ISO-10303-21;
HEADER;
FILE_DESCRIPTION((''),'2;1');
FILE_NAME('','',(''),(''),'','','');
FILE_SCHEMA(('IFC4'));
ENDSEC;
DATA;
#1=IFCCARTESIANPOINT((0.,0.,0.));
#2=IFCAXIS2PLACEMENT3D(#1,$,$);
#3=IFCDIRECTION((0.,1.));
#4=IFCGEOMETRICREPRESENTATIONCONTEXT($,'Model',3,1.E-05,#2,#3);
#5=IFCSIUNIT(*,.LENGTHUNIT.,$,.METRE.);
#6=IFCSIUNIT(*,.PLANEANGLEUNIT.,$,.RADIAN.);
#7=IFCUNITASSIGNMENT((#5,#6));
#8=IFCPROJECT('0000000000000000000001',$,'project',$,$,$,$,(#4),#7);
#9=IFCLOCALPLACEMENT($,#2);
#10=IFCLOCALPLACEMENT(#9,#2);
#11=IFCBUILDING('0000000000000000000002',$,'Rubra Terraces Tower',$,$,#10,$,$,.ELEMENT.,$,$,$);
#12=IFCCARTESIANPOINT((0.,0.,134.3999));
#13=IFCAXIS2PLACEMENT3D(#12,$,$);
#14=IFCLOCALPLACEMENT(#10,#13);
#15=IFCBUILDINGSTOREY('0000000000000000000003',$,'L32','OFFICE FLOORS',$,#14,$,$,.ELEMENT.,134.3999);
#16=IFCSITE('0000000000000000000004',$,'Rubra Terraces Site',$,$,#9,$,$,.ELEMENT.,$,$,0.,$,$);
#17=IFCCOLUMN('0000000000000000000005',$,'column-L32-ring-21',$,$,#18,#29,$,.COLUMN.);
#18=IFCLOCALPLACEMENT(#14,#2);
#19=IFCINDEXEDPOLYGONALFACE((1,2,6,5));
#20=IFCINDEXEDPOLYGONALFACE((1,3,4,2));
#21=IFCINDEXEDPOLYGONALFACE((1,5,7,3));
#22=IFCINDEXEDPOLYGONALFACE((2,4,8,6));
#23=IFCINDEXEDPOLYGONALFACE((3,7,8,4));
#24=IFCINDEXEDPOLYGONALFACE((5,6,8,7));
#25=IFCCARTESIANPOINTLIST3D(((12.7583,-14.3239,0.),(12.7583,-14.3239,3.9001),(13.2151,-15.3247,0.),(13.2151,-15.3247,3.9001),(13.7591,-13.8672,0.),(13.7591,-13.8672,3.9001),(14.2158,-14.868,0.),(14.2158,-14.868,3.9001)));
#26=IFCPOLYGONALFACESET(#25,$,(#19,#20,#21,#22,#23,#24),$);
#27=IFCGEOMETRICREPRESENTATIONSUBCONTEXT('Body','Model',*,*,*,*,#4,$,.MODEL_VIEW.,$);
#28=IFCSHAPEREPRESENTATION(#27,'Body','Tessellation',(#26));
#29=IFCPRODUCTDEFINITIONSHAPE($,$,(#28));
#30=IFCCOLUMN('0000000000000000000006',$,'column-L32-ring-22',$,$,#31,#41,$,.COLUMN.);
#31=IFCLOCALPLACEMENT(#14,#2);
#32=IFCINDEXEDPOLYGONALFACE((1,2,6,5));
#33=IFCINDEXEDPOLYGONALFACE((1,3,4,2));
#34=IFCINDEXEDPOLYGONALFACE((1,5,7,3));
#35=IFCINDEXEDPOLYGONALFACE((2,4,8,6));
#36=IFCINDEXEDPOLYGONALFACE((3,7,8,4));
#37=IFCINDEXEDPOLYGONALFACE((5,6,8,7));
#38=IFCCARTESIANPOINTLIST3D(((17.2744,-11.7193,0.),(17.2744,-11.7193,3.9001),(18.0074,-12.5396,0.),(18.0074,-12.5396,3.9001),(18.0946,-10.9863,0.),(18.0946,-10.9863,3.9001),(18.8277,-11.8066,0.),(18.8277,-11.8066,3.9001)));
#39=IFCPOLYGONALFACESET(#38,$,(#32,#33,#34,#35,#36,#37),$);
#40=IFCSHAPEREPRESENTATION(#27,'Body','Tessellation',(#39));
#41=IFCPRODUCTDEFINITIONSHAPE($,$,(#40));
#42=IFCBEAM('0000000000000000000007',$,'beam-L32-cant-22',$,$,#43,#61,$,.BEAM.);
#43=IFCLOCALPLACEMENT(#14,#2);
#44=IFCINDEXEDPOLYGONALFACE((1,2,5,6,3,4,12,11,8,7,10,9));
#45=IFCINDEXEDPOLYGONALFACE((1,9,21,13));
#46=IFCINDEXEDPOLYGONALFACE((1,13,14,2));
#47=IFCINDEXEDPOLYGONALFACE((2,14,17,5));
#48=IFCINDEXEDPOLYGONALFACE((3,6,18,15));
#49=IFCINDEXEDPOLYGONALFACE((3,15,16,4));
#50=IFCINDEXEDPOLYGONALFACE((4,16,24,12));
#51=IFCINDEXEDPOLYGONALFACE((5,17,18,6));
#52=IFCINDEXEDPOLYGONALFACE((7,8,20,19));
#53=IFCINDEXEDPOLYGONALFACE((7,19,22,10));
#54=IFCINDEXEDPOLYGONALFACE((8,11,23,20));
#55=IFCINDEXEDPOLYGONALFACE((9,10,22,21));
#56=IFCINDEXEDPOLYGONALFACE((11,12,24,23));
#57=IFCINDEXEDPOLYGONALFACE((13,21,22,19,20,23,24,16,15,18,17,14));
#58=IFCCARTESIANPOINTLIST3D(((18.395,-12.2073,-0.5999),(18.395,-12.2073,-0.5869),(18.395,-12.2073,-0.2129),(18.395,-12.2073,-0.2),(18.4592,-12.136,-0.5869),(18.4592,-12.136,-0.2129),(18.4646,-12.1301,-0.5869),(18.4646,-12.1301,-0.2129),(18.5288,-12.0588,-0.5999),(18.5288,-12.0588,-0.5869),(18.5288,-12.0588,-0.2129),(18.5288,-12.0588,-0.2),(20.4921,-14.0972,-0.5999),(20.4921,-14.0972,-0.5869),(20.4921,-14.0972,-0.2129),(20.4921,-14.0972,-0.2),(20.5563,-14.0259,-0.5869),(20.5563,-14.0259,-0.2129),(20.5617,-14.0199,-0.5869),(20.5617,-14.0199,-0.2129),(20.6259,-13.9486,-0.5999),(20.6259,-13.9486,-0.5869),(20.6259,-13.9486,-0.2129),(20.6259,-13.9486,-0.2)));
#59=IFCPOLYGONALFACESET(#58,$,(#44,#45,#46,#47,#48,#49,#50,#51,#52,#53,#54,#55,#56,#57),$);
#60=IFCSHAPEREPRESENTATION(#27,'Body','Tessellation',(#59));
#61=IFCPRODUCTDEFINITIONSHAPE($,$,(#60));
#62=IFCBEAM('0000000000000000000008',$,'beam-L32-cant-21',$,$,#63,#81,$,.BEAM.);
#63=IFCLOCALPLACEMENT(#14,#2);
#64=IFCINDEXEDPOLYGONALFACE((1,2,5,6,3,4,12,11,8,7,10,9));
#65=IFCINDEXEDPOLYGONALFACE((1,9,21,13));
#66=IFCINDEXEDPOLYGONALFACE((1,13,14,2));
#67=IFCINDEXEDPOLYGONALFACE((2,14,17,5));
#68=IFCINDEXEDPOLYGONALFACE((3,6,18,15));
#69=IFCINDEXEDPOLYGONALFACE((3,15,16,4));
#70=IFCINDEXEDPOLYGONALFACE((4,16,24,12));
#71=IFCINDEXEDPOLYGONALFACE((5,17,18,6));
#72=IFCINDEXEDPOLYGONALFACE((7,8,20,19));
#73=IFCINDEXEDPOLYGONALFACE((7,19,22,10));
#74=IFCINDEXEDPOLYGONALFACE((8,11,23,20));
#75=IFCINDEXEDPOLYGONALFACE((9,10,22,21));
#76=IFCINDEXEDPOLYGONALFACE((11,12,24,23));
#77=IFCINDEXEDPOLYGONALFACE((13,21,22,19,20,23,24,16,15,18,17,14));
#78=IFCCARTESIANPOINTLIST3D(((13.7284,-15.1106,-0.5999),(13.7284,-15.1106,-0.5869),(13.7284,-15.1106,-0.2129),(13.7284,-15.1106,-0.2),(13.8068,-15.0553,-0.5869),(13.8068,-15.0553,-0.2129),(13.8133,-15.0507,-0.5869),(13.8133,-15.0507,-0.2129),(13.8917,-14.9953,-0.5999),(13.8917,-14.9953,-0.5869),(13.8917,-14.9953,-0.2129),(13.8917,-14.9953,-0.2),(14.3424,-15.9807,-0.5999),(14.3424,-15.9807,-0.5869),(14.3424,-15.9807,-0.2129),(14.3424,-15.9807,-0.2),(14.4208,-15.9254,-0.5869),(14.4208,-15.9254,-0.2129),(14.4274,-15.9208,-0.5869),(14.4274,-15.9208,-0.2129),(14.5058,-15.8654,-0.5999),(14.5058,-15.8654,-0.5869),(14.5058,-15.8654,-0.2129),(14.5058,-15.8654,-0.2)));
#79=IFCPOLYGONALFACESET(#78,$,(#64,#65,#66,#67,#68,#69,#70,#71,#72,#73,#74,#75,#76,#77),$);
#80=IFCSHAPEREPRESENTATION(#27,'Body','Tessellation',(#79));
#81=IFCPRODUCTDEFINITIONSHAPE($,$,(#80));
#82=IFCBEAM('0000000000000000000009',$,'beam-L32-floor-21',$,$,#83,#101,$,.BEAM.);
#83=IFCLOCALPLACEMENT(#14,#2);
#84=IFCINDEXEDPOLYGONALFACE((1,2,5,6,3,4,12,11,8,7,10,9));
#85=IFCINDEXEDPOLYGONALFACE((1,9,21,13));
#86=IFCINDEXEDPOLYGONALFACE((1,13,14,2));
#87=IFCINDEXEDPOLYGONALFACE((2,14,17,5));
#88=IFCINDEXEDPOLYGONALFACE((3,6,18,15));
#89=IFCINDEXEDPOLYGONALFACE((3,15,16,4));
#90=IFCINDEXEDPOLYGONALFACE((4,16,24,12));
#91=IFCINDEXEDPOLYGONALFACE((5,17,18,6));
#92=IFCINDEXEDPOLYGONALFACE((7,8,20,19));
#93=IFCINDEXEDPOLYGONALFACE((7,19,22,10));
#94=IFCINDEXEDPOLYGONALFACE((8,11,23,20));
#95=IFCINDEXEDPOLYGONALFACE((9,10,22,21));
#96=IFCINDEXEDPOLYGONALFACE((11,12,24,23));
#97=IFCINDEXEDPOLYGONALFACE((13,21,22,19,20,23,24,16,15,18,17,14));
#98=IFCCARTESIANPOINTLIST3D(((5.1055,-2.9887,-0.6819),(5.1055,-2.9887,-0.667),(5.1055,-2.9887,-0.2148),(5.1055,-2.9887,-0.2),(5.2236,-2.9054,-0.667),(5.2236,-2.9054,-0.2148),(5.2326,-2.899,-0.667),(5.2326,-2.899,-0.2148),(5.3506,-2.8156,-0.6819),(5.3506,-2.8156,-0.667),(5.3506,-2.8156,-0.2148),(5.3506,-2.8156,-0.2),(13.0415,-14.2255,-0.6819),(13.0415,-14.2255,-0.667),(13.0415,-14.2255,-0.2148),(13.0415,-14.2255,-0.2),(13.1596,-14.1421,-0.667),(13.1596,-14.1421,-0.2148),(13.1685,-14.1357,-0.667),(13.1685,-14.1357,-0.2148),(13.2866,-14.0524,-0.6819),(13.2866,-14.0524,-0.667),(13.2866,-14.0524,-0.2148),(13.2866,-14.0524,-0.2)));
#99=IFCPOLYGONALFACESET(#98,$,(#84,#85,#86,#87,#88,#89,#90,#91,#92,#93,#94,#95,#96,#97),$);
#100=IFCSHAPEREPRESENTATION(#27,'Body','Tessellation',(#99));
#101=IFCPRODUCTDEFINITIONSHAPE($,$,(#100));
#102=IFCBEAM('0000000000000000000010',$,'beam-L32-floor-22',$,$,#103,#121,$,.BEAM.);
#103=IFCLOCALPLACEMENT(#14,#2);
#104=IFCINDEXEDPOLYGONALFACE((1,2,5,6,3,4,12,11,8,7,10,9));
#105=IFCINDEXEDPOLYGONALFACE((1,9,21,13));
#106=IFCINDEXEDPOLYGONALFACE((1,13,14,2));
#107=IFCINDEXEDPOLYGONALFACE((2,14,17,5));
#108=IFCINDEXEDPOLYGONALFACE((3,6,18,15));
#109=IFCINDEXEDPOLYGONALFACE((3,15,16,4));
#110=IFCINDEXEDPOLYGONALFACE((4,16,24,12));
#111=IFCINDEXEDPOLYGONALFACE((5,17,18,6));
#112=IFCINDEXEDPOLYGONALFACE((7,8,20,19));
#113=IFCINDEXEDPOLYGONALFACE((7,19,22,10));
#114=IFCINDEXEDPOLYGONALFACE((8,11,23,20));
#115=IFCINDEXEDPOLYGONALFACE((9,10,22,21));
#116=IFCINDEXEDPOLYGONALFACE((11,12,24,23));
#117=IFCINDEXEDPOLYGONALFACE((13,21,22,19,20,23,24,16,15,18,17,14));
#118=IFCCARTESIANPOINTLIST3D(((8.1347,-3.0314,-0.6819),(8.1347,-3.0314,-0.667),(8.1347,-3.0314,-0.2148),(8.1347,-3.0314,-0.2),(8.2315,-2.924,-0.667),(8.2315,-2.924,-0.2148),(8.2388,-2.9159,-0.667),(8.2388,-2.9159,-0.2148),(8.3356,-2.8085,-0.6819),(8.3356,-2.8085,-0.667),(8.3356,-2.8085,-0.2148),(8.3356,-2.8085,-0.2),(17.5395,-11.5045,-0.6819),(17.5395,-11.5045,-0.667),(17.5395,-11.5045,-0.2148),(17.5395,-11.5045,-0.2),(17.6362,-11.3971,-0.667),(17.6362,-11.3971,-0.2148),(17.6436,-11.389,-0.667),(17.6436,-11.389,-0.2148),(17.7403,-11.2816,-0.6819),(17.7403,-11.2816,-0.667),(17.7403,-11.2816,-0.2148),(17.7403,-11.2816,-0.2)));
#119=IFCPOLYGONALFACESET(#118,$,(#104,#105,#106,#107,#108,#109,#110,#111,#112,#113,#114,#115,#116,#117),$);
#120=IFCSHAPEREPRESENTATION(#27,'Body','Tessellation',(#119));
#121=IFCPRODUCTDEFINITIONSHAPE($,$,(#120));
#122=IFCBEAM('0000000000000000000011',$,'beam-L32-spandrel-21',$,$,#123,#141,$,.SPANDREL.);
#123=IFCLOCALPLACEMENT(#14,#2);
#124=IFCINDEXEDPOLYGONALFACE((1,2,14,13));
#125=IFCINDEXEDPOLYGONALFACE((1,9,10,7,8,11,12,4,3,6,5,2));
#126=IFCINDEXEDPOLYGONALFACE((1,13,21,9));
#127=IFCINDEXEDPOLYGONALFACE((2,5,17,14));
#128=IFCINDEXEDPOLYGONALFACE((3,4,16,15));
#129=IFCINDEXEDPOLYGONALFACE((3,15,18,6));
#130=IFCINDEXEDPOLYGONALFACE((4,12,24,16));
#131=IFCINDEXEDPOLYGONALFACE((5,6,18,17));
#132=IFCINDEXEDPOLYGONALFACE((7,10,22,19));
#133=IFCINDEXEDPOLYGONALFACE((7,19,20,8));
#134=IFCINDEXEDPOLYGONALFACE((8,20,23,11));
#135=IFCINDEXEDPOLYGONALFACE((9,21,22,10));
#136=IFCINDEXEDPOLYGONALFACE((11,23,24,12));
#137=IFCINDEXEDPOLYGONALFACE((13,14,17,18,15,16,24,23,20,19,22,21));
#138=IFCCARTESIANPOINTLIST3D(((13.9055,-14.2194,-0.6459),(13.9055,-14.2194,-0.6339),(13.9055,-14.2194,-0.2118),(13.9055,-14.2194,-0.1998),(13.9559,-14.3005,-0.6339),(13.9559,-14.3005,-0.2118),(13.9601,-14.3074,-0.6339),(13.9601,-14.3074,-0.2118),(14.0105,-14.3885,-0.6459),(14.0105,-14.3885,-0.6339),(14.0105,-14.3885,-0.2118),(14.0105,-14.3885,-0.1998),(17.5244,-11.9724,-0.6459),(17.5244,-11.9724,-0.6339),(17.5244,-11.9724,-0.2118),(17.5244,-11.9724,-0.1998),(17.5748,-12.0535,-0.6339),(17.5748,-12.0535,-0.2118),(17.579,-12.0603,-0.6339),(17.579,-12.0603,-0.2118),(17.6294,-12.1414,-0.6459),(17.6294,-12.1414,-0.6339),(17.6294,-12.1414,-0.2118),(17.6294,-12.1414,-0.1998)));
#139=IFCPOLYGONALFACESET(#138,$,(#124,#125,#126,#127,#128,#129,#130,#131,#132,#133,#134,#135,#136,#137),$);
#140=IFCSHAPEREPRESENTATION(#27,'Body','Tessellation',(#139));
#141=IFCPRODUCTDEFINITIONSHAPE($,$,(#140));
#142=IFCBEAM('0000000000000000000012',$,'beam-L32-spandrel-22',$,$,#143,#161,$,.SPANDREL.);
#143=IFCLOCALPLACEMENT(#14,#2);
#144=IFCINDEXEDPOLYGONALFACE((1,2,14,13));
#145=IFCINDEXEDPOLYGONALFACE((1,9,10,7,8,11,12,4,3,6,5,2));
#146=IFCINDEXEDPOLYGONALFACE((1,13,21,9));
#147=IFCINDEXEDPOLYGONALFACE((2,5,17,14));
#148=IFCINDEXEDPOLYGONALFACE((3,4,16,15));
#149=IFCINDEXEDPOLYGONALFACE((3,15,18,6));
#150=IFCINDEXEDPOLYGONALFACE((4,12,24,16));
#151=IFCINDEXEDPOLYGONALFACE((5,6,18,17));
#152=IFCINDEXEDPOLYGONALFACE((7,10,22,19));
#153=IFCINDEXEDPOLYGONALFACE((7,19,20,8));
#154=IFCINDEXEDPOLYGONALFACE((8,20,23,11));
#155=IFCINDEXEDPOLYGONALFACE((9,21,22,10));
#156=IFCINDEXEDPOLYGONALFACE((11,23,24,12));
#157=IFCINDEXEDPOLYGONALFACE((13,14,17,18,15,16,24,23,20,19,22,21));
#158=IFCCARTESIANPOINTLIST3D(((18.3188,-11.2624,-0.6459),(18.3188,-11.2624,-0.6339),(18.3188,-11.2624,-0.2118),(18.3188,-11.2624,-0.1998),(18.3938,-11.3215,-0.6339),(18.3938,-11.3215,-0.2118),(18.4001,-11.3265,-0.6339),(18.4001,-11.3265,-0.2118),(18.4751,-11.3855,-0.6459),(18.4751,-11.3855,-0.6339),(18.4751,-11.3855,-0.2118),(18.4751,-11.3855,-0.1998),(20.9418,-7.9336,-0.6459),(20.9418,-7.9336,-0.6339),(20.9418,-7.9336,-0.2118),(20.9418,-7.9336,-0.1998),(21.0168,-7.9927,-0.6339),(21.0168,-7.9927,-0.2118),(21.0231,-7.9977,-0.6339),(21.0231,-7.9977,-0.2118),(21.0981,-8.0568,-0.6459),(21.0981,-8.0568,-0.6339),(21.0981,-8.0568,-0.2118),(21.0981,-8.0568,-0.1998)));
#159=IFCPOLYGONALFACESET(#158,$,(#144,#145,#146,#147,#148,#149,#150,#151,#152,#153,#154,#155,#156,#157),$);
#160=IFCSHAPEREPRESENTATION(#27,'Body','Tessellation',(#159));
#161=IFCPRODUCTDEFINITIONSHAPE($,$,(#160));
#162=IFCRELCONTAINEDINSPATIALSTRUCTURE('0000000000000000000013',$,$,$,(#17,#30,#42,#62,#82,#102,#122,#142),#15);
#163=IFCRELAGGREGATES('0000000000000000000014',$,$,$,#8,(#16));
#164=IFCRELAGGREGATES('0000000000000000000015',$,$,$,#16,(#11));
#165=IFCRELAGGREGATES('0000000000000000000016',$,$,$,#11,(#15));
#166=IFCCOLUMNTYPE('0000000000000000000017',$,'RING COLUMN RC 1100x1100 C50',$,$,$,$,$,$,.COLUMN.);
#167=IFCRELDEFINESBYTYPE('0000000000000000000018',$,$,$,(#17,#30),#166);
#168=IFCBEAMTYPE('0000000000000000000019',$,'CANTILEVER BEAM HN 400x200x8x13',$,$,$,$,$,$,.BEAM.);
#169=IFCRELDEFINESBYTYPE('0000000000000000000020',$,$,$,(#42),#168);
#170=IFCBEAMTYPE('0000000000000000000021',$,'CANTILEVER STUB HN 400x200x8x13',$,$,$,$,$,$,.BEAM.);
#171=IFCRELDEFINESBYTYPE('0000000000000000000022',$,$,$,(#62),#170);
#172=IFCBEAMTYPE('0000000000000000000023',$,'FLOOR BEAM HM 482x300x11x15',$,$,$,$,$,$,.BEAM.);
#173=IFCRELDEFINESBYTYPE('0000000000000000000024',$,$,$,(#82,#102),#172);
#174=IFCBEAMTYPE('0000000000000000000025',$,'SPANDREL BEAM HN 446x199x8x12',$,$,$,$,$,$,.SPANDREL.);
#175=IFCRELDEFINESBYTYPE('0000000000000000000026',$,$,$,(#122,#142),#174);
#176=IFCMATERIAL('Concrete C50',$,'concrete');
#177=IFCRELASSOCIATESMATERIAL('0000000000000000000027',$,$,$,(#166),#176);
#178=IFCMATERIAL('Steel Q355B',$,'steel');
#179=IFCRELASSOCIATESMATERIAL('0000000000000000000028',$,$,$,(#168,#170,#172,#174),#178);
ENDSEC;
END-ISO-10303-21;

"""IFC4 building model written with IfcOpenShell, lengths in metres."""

from ifc_helpers import new_model, si_unit, direction, frame, origin, origin_2d, place, context, subcontext, project, spatial, rectangle, i_section, extrude, material, material_profile, profile_set, type_object, element, save


model = new_model("IFC4")

# Units and contexts
model_context = context("Model", 3, precision=1e-05, world=origin(), true_north=direction((0.0, 1.0)))
body_context = subcontext(model_context, "Body", "Model", "MODEL_VIEW")
ifc_project = project(units=[si_unit("LENGTHUNIT", "METRE"), si_unit("PLANEANGLEUNIT", "RADIAN")], contexts=[model_context])

# Site, building, storey
site_placement = place(None, origin())
site = spatial("IfcSite", under=ifc_project, at=site_placement, Name="Rubra Terraces Site", CompositionType="ELEMENT", RefElevation=0.0)
building_placement = place(site_placement, origin())
building = spatial("IfcBuilding", under=site, at=building_placement, Name="Rubra Terraces Tower", CompositionType="ELEMENT")
storey_placement = place(building_placement, frame((0.0, 0.0, 134.3999)))
storey = spatial("IfcBuildingStorey", under=building, at=storey_placement, Name="L32", Description="OFFICE FLOORS", CompositionType="ELEMENT", Elevation=134.3999)

# Columns
ifc_material_1 = material(Name="Concrete C50", Category="concrete")
ifc_material_profile_1 = material_profile(ifc_material_1, rectangle(XDim=1.1001, YDim=1.1001, at=origin_2d()), Name="RC 1100x1100")
ifc_profile_set_1 = profile_set([ifc_material_profile_1], Name="Concrete C50")
column_type = type_object("IfcColumnType", Name="RING COLUMN RC 1100x1100 C50", PredefinedType="COLUMN", material=ifc_profile_set_1)
for number, where, z_axis, x_axis, name in (
    (1, (13.4871, -14.5959, 0.0), (0.0, 0.0, 1.0), (0.909726, 0.415208, 0.0), "column-L32-ring-21"),
    (2, (18.051, -11.7629, 0.0), (0.0, 0.0, 1.0), (0.745642, 0.666347, 0.0), "column-L32-ring-22"),
):
    element("IfcColumn", number, at=place(storey_placement, frame(where, z_axis=z_axis, x_axis=x_axis)), inside=storey, type_object=column_type, Name=name, PredefinedType="COLUMN", context=body_context, shape_type="SweptSolid", body=[
        extrude(rectangle(XDim=1.1001, YDim=1.1001, at=origin_2d()), origin(), (0.0, 0.0, 1.0), 3.9001),
    ])

# Beams
ifc_material_2 = material(Name="Steel Q355B", Category="steel")
ifc_material_profile_2 = material_profile(ifc_material_2, i_section(OverallWidth=0.2, OverallDepth=0.3999, WebThickness=0.0081, FlangeThickness=0.0129, at=origin_2d()), Name="HN 400x200x8x13")
ifc_profile_set_2 = profile_set([ifc_material_profile_2], Name="Steel Q355B")
beam_type_1 = type_object("IfcBeamType", Name="CANTILEVER BEAM HN 400x200x8x13", PredefinedType="BEAM", material=ifc_profile_set_2)
beam_1_placement = place(storey_placement, frame((18.4619, -12.1331, -0.3999), z_axis=(0.742864, -0.669442, 0.0), x_axis=(0.669442, 0.742864, 0.0)))
element("IfcBeam", 3, at=beam_1_placement, inside=storey, type_object=beam_type_1, Name="beam-L32-cant-22", PredefinedType="BEAM", context=body_context, shape_type="SweptSolid", body=[
    extrude(i_section(OverallWidth=0.2, OverallDepth=0.3999, WebThickness=0.0081, FlangeThickness=0.0129, at=origin_2d()), origin(), (0.0, 0.0, 1.0), 2.823),
])
ifc_material_profile_3 = material_profile(ifc_material_2, i_section(OverallWidth=0.2, OverallDepth=0.3999, WebThickness=0.0081, FlangeThickness=0.0129, at=origin_2d()), Name="HN 400x200x8x13")
ifc_profile_set_3 = profile_set([ifc_material_profile_3], Name="Steel Q355B")
beam_type_2 = type_object("IfcBeamType", Name="CANTILEVER STUB HN 400x200x8x13", PredefinedType="BEAM", material=ifc_profile_set_3)
beam_2_placement = place(storey_placement, frame((13.8101, -15.053, -0.3999), z_axis=(0.576566, -0.81705, 0.0), x_axis=(0.81705, 0.576566, 0.0)))
element("IfcBeam", 4, at=beam_2_placement, inside=storey, type_object=beam_type_2, Name="beam-L32-cant-21", PredefinedType="BEAM", context=body_context, shape_type="SweptSolid", body=[
    extrude(i_section(OverallWidth=0.2, OverallDepth=0.3999, WebThickness=0.0081, FlangeThickness=0.0129, at=origin_2d()), origin(), (0.0, 0.0, 1.0), 1.0649),
])
ifc_material_profile_4 = material_profile(ifc_material_2, i_section(OverallWidth=0.3, OverallDepth=0.4819, WebThickness=0.011, FlangeThickness=0.0149, at=origin_2d()), Name="HM 482x300x11x15")
ifc_profile_set_4 = profile_set([ifc_material_profile_4], Name="Steel Q355B")
beam_type_3 = type_object("IfcBeamType", Name="FLOOR BEAM HM 482x300x11x15", PredefinedType="BEAM", material=ifc_profile_set_4)
beam_3_placement = place(storey_placement, frame((13.1641, -14.1389, -0.4409), z_axis=(-0.576885, 0.816825, 0.0), x_axis=(-0.816825, -0.576885, 0.0)))
element("IfcBeam", 5, at=beam_3_placement, inside=storey, type_object=beam_type_3, Name="beam-L32-floor-21", PredefinedType="BEAM", context=body_context, shape_type="SweptSolid", body=[
    extrude(i_section(OverallWidth=0.3, OverallDepth=0.4819, WebThickness=0.011, FlangeThickness=0.0149, at=origin_2d()), origin(), (0.0, 0.0, 1.0), 13.7566),
])
beam_4_placement = place(storey_placement, frame((17.6399, -11.3931, -0.4409), z_axis=(-0.742947, 0.66935, 0.0), x_axis=(-0.66935, -0.742947, 0.0)))
element("IfcBeam", 6, at=beam_4_placement, inside=storey, type_object=beam_type_3, Name="beam-L32-floor-22", PredefinedType="BEAM", context=body_context, shape_type="SweptSolid", body=[
    extrude(i_section(OverallWidth=0.3, OverallDepth=0.4819, WebThickness=0.011, FlangeThickness=0.0149, at=origin_2d()), origin(), (0.0, 0.0, 1.0), 12.6587),
])
ifc_material_profile_5 = material_profile(ifc_material_2, i_section(OverallWidth=0.199, OverallDepth=0.446, WebThickness=0.0081, FlangeThickness=0.012, at=origin_2d()), Name="HN 446x199x8x12")
ifc_profile_set_5 = profile_set([ifc_material_profile_5], Name="Steel Q355B")
beam_type_4 = type_object("IfcBeamType", Name="SPANDREL BEAM HN 446x199x8x12", PredefinedType="SPANDREL", material=ifc_profile_set_5)
beam_5_placement = place(storey_placement, frame((13.958, -14.304, -0.4229), z_axis=(0.84955, 0.527508, 0.0), x_axis=(-0.527508, 0.84955, 0.0)))
element("IfcBeam", 7, at=beam_5_placement, inside=storey, type_object=beam_type_4, Name="beam-L32-spandrel-21", PredefinedType="SPANDREL", context=body_context, shape_type="SweptSolid", body=[
    extrude(i_section(OverallWidth=0.199, OverallDepth=0.446, WebThickness=0.0081, FlangeThickness=0.012, at=origin_2d()), origin(), (0.0, 0.0, 1.0), 4.2598),
])
beam_6_placement = place(storey_placement, frame((18.397, -11.324, -0.4229), z_axis=(0.618917, 0.785456, 0.0), x_axis=(-0.785456, 0.618917, 0.0)))
element("IfcBeam", 8, at=beam_6_placement, inside=storey, type_object=beam_type_4, Name="beam-L32-spandrel-22", PredefinedType="SPANDREL", context=body_context, shape_type="SweptSolid", body=[
    extrude(i_section(OverallWidth=0.199, OverallDepth=0.446, WebThickness=0.0081, FlangeThickness=0.012, at=origin_2d()), origin(), (0.0, 0.0, 1.0), 4.238),
])

save(model, "model.ifc")
